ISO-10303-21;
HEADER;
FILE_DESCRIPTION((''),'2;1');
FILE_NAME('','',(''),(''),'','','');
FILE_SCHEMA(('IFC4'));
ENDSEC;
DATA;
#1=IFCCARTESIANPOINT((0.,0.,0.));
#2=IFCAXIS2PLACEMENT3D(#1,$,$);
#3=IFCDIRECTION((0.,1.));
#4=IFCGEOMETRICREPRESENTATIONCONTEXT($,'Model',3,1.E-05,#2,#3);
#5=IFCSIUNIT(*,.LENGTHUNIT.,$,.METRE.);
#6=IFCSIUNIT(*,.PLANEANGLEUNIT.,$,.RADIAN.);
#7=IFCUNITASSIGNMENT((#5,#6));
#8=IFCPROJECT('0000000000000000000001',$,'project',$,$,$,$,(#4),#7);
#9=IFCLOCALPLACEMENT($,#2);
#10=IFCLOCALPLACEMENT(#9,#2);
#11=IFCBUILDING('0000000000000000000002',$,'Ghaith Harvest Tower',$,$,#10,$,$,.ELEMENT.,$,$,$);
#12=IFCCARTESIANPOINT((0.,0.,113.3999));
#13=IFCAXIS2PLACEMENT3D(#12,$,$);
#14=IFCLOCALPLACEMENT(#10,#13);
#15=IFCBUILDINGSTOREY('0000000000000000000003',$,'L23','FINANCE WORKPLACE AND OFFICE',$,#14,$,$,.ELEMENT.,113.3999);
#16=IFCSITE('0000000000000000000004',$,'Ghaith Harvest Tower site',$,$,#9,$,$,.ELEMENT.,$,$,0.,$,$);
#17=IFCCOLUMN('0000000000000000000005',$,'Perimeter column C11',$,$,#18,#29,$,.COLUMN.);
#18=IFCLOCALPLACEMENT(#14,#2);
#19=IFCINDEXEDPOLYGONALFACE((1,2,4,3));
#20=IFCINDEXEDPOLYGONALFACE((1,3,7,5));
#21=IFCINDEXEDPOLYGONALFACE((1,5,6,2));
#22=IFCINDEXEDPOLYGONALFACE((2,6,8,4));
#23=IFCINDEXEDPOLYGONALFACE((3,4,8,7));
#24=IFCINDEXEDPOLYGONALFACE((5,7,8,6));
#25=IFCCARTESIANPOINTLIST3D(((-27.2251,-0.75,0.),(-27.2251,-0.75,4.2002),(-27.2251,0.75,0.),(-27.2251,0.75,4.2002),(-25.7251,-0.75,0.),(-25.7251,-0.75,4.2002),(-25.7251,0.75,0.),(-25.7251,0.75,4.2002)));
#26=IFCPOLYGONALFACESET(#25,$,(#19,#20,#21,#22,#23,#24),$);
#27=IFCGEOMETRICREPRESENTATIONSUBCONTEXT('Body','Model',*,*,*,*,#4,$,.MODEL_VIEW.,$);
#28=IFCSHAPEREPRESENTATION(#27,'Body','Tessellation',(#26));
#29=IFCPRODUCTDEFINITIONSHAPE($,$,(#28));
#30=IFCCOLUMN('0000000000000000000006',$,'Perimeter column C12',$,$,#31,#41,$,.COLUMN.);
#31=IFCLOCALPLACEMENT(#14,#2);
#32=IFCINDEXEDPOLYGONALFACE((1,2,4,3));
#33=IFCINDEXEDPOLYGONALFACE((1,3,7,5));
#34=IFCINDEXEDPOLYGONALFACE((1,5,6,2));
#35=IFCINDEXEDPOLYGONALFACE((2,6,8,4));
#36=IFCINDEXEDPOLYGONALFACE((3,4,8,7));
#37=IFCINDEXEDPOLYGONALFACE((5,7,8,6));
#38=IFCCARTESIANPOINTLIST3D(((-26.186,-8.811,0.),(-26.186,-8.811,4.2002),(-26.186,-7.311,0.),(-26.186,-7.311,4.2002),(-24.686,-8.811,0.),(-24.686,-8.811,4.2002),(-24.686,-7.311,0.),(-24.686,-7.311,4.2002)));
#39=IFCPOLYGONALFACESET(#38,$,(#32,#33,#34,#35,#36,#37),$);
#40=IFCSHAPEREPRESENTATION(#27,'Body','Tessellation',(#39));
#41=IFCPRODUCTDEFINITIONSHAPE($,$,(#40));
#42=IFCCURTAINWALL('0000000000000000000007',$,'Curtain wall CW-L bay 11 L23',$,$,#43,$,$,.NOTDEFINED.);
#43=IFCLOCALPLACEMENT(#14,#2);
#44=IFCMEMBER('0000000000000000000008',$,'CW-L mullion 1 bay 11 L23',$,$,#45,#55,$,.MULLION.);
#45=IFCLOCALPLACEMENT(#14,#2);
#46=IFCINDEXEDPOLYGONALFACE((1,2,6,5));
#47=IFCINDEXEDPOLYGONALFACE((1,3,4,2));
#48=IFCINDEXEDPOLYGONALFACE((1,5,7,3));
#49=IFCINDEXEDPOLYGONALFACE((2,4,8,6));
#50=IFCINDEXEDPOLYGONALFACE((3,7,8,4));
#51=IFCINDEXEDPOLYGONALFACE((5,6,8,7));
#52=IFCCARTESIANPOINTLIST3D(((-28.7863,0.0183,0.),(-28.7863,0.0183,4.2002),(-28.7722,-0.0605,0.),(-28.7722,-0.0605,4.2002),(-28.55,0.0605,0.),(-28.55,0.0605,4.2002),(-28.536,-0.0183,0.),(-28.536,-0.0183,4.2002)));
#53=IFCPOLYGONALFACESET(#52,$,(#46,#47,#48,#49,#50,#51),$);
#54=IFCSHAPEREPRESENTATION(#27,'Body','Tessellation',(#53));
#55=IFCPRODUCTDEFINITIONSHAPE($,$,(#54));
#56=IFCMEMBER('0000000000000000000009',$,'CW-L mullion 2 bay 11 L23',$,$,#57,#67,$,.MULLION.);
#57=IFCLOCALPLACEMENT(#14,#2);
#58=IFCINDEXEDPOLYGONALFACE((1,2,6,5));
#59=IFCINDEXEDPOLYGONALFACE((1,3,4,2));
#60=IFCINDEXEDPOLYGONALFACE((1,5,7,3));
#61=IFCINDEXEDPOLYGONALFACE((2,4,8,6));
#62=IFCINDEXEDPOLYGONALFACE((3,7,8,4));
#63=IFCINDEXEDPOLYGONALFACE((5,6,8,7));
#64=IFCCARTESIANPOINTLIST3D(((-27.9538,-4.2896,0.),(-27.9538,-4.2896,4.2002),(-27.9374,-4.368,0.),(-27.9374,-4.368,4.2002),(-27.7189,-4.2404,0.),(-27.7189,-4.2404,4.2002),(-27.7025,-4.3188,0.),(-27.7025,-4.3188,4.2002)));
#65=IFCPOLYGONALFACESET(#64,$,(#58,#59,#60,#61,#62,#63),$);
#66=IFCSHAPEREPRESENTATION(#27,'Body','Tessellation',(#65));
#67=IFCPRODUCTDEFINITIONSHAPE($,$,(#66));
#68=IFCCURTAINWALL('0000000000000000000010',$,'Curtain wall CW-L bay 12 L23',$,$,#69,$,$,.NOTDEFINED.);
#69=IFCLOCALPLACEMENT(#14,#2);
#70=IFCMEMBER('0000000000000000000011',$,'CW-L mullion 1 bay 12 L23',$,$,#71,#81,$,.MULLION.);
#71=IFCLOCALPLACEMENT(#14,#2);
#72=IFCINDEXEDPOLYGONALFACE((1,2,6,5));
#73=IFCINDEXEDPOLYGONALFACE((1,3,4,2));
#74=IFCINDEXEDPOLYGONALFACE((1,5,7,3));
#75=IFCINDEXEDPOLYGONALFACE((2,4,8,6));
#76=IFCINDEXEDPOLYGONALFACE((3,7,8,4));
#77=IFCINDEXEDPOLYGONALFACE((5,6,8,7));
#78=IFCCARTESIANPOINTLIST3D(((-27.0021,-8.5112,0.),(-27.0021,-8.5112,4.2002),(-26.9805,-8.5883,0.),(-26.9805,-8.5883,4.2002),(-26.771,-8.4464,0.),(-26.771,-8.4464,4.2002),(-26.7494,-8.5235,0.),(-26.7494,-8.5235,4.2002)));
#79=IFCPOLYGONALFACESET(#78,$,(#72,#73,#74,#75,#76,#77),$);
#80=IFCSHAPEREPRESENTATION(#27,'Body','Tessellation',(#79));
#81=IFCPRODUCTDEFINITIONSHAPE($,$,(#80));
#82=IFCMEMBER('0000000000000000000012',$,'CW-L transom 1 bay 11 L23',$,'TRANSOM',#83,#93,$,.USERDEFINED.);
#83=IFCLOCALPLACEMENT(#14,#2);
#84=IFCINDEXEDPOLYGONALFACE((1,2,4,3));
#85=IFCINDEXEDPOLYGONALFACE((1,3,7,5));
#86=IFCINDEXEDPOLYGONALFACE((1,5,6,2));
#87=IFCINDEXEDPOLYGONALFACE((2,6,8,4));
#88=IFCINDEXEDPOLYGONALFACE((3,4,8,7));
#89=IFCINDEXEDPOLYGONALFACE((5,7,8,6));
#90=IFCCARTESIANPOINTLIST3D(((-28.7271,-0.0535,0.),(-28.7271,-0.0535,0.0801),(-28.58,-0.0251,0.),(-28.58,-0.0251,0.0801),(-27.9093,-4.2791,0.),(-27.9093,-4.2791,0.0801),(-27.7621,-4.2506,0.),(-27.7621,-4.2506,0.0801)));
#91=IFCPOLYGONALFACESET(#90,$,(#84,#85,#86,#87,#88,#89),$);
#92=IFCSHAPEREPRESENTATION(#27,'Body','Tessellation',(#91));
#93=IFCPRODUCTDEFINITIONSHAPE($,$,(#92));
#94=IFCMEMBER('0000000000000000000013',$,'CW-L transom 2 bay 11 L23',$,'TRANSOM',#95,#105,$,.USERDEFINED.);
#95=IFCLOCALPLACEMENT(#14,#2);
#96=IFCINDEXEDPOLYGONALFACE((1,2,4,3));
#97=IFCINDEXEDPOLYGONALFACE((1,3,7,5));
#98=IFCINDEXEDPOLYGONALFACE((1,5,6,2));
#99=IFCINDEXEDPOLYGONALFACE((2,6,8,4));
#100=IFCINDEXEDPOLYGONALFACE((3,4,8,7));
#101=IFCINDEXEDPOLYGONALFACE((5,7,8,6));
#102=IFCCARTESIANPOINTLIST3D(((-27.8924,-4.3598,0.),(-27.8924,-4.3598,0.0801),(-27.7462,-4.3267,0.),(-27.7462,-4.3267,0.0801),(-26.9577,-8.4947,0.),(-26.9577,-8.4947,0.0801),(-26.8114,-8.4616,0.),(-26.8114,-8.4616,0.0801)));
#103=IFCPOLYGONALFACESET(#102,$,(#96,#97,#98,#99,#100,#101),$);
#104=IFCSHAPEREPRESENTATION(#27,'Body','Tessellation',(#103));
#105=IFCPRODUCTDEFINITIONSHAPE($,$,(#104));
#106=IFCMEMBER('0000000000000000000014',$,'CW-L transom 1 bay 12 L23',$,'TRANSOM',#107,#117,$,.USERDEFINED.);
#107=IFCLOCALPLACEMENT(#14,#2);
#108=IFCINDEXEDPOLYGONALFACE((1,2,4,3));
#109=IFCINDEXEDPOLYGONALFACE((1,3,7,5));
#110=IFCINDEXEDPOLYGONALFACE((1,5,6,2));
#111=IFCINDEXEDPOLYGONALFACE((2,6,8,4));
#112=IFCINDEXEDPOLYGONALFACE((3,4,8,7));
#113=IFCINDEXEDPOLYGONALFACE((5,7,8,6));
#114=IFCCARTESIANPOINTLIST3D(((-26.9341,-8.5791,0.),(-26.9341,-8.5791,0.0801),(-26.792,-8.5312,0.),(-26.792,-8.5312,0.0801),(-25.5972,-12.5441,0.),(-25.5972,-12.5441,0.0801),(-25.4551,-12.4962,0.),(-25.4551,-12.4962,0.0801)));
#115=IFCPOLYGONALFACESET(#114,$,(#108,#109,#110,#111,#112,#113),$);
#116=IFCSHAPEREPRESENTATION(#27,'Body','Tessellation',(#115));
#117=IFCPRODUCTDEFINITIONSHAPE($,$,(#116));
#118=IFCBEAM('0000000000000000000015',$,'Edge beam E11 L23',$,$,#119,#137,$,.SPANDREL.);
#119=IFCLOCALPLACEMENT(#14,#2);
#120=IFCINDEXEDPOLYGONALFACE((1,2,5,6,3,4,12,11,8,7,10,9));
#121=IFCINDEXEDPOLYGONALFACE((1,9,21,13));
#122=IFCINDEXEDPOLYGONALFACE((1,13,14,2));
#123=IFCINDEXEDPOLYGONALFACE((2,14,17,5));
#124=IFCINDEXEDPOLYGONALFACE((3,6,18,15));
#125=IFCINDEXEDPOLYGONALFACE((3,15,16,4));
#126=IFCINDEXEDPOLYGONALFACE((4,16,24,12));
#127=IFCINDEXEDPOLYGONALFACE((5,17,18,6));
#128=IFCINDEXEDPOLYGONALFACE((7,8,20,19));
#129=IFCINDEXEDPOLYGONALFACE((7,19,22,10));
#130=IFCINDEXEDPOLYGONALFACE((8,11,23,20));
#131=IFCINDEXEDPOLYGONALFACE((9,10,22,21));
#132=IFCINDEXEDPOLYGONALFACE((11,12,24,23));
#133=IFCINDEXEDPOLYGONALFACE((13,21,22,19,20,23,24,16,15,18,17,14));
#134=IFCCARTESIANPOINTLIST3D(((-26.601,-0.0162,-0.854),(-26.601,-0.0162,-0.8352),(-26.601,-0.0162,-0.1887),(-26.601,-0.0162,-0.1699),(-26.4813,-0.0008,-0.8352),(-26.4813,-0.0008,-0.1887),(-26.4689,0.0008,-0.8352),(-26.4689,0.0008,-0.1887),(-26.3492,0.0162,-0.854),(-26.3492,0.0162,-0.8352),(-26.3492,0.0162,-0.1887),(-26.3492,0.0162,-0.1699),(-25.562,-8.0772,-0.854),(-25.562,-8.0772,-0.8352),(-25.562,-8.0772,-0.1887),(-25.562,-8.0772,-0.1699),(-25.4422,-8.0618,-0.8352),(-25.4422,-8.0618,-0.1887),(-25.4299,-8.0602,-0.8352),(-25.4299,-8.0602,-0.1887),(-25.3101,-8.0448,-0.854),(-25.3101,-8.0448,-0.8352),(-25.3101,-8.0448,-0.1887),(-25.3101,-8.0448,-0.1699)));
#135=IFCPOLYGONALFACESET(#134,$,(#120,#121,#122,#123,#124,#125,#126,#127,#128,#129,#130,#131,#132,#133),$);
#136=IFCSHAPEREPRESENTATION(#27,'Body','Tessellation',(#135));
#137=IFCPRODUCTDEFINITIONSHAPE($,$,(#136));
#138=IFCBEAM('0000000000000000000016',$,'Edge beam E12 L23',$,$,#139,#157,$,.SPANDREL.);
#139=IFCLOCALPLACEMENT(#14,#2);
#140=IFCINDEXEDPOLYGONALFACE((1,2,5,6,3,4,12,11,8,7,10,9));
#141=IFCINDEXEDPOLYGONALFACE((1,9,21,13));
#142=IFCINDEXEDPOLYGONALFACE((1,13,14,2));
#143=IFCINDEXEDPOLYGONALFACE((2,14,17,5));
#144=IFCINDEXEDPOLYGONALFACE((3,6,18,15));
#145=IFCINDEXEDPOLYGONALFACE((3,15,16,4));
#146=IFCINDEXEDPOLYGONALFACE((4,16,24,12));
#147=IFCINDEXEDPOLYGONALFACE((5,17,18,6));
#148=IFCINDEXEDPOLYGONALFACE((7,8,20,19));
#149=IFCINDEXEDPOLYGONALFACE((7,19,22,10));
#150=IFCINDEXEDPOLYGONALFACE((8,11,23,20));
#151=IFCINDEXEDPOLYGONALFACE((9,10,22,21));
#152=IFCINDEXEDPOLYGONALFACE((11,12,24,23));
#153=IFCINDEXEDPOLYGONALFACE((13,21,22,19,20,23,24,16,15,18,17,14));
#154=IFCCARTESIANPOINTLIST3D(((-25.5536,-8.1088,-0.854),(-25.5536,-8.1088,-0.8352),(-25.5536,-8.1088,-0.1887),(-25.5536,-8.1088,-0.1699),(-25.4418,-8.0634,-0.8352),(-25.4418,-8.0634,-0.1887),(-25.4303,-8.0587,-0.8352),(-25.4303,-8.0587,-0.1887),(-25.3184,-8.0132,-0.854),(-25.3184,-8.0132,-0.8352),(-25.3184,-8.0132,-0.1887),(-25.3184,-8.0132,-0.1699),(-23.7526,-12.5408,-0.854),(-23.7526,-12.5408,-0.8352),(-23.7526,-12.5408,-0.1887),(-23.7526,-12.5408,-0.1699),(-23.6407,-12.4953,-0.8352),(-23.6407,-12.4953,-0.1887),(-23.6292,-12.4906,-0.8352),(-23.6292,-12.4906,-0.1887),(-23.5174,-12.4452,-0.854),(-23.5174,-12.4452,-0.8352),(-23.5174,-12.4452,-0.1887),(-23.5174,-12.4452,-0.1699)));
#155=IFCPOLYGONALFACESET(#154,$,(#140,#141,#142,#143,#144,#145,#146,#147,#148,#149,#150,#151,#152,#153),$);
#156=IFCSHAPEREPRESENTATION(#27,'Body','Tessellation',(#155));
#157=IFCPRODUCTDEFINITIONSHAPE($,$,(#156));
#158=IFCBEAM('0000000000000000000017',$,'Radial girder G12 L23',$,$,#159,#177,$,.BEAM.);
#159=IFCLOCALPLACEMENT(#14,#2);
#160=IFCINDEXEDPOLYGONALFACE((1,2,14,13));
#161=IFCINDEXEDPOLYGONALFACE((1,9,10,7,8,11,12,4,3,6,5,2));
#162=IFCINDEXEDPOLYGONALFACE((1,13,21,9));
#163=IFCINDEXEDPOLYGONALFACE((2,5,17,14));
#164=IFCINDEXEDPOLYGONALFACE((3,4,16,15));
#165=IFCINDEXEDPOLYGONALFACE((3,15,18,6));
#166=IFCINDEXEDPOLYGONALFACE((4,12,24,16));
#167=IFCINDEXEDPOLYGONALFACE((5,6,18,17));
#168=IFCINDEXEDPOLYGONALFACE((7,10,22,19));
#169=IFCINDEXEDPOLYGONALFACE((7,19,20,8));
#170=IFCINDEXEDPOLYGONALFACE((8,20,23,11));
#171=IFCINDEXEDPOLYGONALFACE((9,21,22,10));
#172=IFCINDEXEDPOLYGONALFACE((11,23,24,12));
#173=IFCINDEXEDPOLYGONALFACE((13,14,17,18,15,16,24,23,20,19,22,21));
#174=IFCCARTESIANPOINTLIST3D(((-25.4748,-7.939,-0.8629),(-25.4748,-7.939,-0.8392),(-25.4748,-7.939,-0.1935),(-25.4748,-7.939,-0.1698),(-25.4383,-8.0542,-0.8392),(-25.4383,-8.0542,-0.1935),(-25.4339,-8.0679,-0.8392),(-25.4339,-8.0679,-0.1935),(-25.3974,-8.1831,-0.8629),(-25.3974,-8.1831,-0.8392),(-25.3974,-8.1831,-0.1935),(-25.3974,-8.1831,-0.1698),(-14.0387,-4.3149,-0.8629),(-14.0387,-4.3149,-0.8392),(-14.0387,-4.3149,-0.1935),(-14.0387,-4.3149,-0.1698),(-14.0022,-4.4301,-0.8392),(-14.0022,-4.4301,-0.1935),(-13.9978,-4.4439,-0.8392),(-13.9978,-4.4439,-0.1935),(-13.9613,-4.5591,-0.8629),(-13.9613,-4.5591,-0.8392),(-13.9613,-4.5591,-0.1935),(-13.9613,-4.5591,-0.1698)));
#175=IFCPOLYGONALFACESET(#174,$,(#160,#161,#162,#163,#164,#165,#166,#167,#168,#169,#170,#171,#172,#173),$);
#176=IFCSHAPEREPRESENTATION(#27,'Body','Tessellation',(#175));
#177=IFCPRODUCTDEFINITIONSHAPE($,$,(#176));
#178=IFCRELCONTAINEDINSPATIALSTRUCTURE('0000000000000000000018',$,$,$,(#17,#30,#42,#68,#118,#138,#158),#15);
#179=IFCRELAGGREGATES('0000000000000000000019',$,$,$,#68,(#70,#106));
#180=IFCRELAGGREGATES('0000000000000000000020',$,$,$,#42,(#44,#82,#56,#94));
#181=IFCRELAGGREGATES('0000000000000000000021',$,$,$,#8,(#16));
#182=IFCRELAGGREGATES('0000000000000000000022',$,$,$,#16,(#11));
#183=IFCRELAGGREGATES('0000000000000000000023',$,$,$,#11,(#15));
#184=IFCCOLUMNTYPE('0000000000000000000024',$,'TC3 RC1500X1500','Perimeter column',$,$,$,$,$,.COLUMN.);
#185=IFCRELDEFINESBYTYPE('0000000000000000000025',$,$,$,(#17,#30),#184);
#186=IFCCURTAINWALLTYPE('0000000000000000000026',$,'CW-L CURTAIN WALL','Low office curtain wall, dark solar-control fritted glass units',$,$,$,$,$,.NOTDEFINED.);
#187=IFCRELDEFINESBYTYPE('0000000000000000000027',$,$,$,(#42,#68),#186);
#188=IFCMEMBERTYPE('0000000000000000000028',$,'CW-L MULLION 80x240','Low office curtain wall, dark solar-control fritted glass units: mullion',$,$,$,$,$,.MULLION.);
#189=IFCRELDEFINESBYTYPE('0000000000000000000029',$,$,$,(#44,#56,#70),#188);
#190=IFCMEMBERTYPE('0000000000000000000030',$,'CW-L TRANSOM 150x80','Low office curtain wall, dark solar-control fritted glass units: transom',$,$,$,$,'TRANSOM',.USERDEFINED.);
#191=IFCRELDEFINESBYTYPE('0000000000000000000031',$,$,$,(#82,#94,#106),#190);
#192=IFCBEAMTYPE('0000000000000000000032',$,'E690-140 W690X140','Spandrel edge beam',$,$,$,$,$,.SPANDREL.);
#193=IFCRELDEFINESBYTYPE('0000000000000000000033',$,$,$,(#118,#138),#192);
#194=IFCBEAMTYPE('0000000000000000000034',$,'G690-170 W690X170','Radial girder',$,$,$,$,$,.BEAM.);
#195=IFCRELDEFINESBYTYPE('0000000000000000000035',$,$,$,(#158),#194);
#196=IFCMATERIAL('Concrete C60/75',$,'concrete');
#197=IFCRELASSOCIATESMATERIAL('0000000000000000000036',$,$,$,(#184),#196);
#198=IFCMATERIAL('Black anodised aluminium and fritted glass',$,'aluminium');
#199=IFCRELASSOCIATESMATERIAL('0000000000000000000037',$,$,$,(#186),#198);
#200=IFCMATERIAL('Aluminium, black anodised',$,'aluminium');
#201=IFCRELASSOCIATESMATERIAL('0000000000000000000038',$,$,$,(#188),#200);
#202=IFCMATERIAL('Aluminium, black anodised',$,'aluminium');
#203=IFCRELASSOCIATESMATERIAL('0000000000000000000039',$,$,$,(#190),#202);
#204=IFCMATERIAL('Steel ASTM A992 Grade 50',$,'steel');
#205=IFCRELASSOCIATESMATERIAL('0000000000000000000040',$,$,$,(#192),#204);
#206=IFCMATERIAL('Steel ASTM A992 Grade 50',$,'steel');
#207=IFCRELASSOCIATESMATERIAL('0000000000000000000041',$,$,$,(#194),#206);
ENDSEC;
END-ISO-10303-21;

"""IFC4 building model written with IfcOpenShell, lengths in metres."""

from ifc_helpers import new_model, si_unit, direction, frame, origin, origin_2d, place, context, subcontext, project, spatial, rectangle, i_section, extrude, material, material_profile, profile_set, type_object, element, aggregate, save


model = new_model("IFC4")

# Units and contexts
model_context = context("Model", 3, precision=1e-05, world=origin(), true_north=direction((0.0, 1.0)))
body_context = subcontext(model_context, "Body", "Model", "MODEL_VIEW")
ifc_project = project(units=[si_unit("LENGTHUNIT", "METRE"), si_unit("PLANEANGLEUNIT", "RADIAN")], contexts=[model_context])

# Site, building, storey
site_placement = place(None, origin())
site = spatial("IfcSite", under=ifc_project, at=site_placement, Name="Ghaith Harvest Tower site", CompositionType="ELEMENT", RefElevation=0.0)
building_placement = place(site_placement, origin())
building = spatial("IfcBuilding", under=site, at=building_placement, Name="Ghaith Harvest Tower", CompositionType="ELEMENT")
storey_placement = place(building_placement, frame((0.0, 0.0, 113.3999)))
storey = spatial("IfcBuildingStorey", under=building, at=storey_placement, Name="L23", Description="FINANCE WORKPLACE AND OFFICE", CompositionType="ELEMENT", Elevation=113.3999)

# Columns
ifc_material_1 = material(Name="Concrete C60/75", Category="concrete")
ifc_material_profile_1 = material_profile(ifc_material_1, rectangle(XDim=1.5, YDim=1.5, at=origin_2d()), Name="RC1500X1500")
ifc_profile_set_1 = profile_set([ifc_material_profile_1], Name="Concrete C60/75")
column_type = type_object("IfcColumnType", Name="TC3 RC1500X1500", Description="Perimeter column", PredefinedType="COLUMN", material=ifc_profile_set_1)
for number, where, z_axis, x_axis, name in (
    (1, (-26.4751, 0.0, 0.0), (0.0, 0.0, 1.0), (1.0, 0.0, 0.0), "Perimeter column C11"),
    (2, (-25.436, -8.061, 0.0), (0.0, 0.0, 1.0), (1.0, 0.0, 0.0), "Perimeter column C12"),
):
    element("IfcColumn", number, at=place(storey_placement, frame(where, z_axis=z_axis, x_axis=x_axis)), inside=storey, type_object=column_type, Name=name, PredefinedType="COLUMN", context=body_context, shape_type="SweptSolid", body=[
        extrude(rectangle(XDim=1.5, YDim=1.5, at=origin_2d()), origin(), (0.0, 0.0, 1.0), 4.2002),
    ])

# Curtain wall, members
ifc_material_2 = material(Name="Black anodised aluminium and fritted glass", Category="aluminium")
curtain_wall_type = type_object("IfcCurtainWallType", Name="CW-L CURTAIN WALL", Description="Low office curtain wall, dark solar-control fritted glass units", PredefinedType="NOTDEFINED", material=ifc_material_2)
curtain_wall_1_placement = place(storey_placement, origin())
curtain_wall_1 = element("IfcCurtainWall", 3, at=curtain_wall_1_placement, inside=storey, type_object=curtain_wall_type, Name="Curtain wall CW-L bay 11 L23", PredefinedType="NOTDEFINED")
ifc_material_3 = material(Name="Aluminium, black anodised", Category="aluminium")
ifc_material_profile_2 = material_profile(ifc_material_3, rectangle(XDim=0.0801, YDim=0.24, at=origin_2d()), Name="CW-L MULLION 80x240")
ifc_profile_set_2 = profile_set([ifc_material_profile_2], Name="Aluminium, black anodised")
member_type_1 = type_object("IfcMemberType", Name="CW-L MULLION 80x240", Description="Low office curtain wall, dark solar-control fritted glass units: mullion", PredefinedType="MULLION", material=ifc_profile_set_2)
member_1_placement = place(storey_placement, frame((-28.6611, 0.0, 0.0), z_axis=(0.0, 0.0, 1.0), x_axis=(0.175827, -0.984421, 0.0)))
member_1 = element("IfcMember", 4, at=member_1_placement, type_object=member_type_1, Name="CW-L mullion 1 bay 11 L23", PredefinedType="MULLION", context=body_context, shape_type="SweptSolid", body=[
    extrude(rectangle(XDim=0.0801, YDim=0.24, at=origin_2d()), origin(), (0.0, 0.0, 1.0), 4.2002),
])
member_2_placement = place(storey_placement, frame((-27.8281, -4.3042, 0.0), z_axis=(0.0, 0.0, 1.0), x_axis=(0.205176, -0.978725, 0.0)))
member_2 = element("IfcMember", 5, at=member_2_placement, type_object=member_type_1, Name="CW-L mullion 2 bay 11 L23", PredefinedType="MULLION", context=body_context, shape_type="SweptSolid", body=[
    extrude(rectangle(XDim=0.0801, YDim=0.24, at=origin_2d()), origin(), (0.0, 0.0, 1.0), 4.2002),
])

# Curtain wall, member
curtain_wall_2_placement = place(storey_placement, origin())
curtain_wall_2 = element("IfcCurtainWall", 6, at=curtain_wall_2_placement, inside=storey, type_object=curtain_wall_type, Name="Curtain wall CW-L bay 12 L23", PredefinedType="NOTDEFINED")
member_3_placement = place(storey_placement, frame((-26.8757, -8.5173, 0.0), z_axis=(0.0, 0.0, 1.0), x_axis=(0.270019, -0.962855, 0.0)))
member_3 = element("IfcMember", 7, at=member_3_placement, type_object=member_type_1, Name="CW-L mullion 1 bay 12 L23", PredefinedType="MULLION", context=body_context, shape_type="SweptSolid", body=[
    extrude(rectangle(XDim=0.0801, YDim=0.24, at=origin_2d()), origin(), (0.0, 0.0, 1.0), 4.2002),
])

# Members
ifc_material_4 = material(Name="Aluminium, black anodised", Category="aluminium")
ifc_material_profile_3 = material_profile(ifc_material_4, rectangle(XDim=0.1499, YDim=0.0801, at=origin_2d()), Name="CW-L TRANSOM 150x80")
ifc_profile_set_3 = profile_set([ifc_material_profile_3], Name="Aluminium, black anodised")
member_type_2 = type_object("IfcMemberType", Name="CW-L TRANSOM 150x80", Description="Low office curtain wall, dark solar-control fritted glass units: transom", ElementType="TRANSOM", PredefinedType="USERDEFINED", material=ifc_profile_set_3)
member_4_placement = place(storey_placement, frame((-28.6536, -0.0393, 0.04), z_axis=(0.190025, -0.981779, 0.0), x_axis=(0.981779, 0.190025, 0.0)))
member_4 = element("IfcMember", 8, at=member_4_placement, type_object=member_type_2, Name="CW-L transom 1 bay 11 L23", ObjectType="TRANSOM", PredefinedType="USERDEFINED", context=body_context, shape_type="SweptSolid", body=[
    extrude(rectangle(XDim=0.1499, YDim=0.0801, at=origin_2d()), origin(), (0.0, 0.0, 1.0), 4.304),
])
member_5_placement = place(storey_placement, frame((-27.8193, -4.3433, 0.04), z_axis=(0.220508, -0.975385, 0.0), x_axis=(0.975385, 0.220508, 0.0)))
member_5 = element("IfcMember", 9, at=member_5_placement, type_object=member_type_2, Name="CW-L transom 2 bay 11 L23", ObjectType="TRANSOM", PredefinedType="USERDEFINED", context=body_context, shape_type="SweptSolid", body=[
    extrude(rectangle(XDim=0.1499, YDim=0.0801, at=origin_2d()), origin(), (0.0, 0.0, 1.0), 4.2393),
])
member_6_placement = place(storey_placement, frame((-26.863, -8.5552, 0.04), z_axis=(0.319499, -0.947587, 0.0), x_axis=(0.947587, 0.319499, 0.0)))
member_6 = element("IfcMember", 10, at=member_6_placement, type_object=member_type_2, Name="CW-L transom 1 bay 12 L23", ObjectType="TRANSOM", PredefinedType="USERDEFINED", context=body_context, shape_type="SweptSolid", body=[
    extrude(rectangle(XDim=0.1499, YDim=0.0801, at=origin_2d()), origin(), (0.0, 0.0, 1.0), 4.1843),
])
aggregate(curtain_wall_2, [member_3, member_6])

# Beams
ifc_material_5 = material(Name="Steel ASTM A992 Grade 50", Category="steel")
ifc_material_profile_4 = material_profile(ifc_material_5, i_section(OverallWidth=0.2539, OverallDepth=0.6841, WebThickness=0.0125, FlangeThickness=0.0188, at=origin_2d()), Name="W690X140")
ifc_profile_set_4 = profile_set([ifc_material_profile_4], Name="Steel ASTM A992 Grade 50")
beam_type_1 = type_object("IfcBeamType", Name="E690-140 W690X140", Description="Spandrel edge beam", PredefinedType="SPANDREL", material=ifc_profile_set_4)
beam_1_placement = place(storey_placement, frame((-26.4751, 0.0, -0.512), z_axis=(0.127842, -0.991795, 0.0), x_axis=(0.991795, 0.127842, 0.0)))
element("IfcBeam", 11, at=beam_1_placement, inside=storey, type_object=beam_type_1, Name="Edge beam E11 L23", PredefinedType="SPANDREL", context=body_context, shape_type="SweptSolid", body=[
    extrude(i_section(OverallWidth=0.2539, OverallDepth=0.6841, WebThickness=0.0125, FlangeThickness=0.0188, at=origin_2d()), origin(), (0.0, 0.0, 1.0), 8.1277),
])
beam_2_placement = place(storey_placement, frame((-25.436, -8.061, -0.512), z_axis=(0.37648, -0.926425, 0.0), x_axis=(0.926425, 0.37648, 0.0)))
element("IfcBeam", 12, at=beam_2_placement, inside=storey, type_object=beam_type_1, Name="Edge beam E12 L23", PredefinedType="SPANDREL", context=body_context, shape_type="SweptSolid", body=[
    extrude(i_section(OverallWidth=0.2539, OverallDepth=0.6841, WebThickness=0.0125, FlangeThickness=0.0188, at=origin_2d()), origin(), (0.0, 0.0, 1.0), 4.7839),
])
ifc_material_6 = material(Name="Steel ASTM A992 Grade 50", Category="steel")
ifc_material_profile_5 = material_profile(ifc_material_6, i_section(OverallWidth=0.2561, OverallDepth=0.6931, WebThickness=0.0144, FlangeThickness=0.0237, at=origin_2d()), Name="W690X170")
ifc_profile_set_5 = profile_set([ifc_material_profile_5], Name="Steel ASTM A992 Grade 50")
beam_type_2 = type_object("IfcBeamType", Name="G690-170 W690X170", Description="Radial girder", PredefinedType="BEAM", material=ifc_profile_set_5)
beam_3_placement = place(storey_placement, frame((-14.0, -4.437, -0.5164), z_axis=(-0.95328, -0.30209, 0.0), x_axis=(0.30209, -0.95328, 0.0)))
element("IfcBeam", 13, at=beam_3_placement, inside=storey, type_object=beam_type_2, Name="Radial girder G12 L23", PredefinedType="BEAM", context=body_context, shape_type="SweptSolid", body=[
    extrude(i_section(OverallWidth=0.2561, OverallDepth=0.6931, WebThickness=0.0144, FlangeThickness=0.0237, at=origin_2d()), origin(), (0.0, 0.0, 1.0), 11.9966),
])

aggregate(curtain_wall_1, [member_1, member_4, member_2, member_5])

save(model, "model.ifc")
